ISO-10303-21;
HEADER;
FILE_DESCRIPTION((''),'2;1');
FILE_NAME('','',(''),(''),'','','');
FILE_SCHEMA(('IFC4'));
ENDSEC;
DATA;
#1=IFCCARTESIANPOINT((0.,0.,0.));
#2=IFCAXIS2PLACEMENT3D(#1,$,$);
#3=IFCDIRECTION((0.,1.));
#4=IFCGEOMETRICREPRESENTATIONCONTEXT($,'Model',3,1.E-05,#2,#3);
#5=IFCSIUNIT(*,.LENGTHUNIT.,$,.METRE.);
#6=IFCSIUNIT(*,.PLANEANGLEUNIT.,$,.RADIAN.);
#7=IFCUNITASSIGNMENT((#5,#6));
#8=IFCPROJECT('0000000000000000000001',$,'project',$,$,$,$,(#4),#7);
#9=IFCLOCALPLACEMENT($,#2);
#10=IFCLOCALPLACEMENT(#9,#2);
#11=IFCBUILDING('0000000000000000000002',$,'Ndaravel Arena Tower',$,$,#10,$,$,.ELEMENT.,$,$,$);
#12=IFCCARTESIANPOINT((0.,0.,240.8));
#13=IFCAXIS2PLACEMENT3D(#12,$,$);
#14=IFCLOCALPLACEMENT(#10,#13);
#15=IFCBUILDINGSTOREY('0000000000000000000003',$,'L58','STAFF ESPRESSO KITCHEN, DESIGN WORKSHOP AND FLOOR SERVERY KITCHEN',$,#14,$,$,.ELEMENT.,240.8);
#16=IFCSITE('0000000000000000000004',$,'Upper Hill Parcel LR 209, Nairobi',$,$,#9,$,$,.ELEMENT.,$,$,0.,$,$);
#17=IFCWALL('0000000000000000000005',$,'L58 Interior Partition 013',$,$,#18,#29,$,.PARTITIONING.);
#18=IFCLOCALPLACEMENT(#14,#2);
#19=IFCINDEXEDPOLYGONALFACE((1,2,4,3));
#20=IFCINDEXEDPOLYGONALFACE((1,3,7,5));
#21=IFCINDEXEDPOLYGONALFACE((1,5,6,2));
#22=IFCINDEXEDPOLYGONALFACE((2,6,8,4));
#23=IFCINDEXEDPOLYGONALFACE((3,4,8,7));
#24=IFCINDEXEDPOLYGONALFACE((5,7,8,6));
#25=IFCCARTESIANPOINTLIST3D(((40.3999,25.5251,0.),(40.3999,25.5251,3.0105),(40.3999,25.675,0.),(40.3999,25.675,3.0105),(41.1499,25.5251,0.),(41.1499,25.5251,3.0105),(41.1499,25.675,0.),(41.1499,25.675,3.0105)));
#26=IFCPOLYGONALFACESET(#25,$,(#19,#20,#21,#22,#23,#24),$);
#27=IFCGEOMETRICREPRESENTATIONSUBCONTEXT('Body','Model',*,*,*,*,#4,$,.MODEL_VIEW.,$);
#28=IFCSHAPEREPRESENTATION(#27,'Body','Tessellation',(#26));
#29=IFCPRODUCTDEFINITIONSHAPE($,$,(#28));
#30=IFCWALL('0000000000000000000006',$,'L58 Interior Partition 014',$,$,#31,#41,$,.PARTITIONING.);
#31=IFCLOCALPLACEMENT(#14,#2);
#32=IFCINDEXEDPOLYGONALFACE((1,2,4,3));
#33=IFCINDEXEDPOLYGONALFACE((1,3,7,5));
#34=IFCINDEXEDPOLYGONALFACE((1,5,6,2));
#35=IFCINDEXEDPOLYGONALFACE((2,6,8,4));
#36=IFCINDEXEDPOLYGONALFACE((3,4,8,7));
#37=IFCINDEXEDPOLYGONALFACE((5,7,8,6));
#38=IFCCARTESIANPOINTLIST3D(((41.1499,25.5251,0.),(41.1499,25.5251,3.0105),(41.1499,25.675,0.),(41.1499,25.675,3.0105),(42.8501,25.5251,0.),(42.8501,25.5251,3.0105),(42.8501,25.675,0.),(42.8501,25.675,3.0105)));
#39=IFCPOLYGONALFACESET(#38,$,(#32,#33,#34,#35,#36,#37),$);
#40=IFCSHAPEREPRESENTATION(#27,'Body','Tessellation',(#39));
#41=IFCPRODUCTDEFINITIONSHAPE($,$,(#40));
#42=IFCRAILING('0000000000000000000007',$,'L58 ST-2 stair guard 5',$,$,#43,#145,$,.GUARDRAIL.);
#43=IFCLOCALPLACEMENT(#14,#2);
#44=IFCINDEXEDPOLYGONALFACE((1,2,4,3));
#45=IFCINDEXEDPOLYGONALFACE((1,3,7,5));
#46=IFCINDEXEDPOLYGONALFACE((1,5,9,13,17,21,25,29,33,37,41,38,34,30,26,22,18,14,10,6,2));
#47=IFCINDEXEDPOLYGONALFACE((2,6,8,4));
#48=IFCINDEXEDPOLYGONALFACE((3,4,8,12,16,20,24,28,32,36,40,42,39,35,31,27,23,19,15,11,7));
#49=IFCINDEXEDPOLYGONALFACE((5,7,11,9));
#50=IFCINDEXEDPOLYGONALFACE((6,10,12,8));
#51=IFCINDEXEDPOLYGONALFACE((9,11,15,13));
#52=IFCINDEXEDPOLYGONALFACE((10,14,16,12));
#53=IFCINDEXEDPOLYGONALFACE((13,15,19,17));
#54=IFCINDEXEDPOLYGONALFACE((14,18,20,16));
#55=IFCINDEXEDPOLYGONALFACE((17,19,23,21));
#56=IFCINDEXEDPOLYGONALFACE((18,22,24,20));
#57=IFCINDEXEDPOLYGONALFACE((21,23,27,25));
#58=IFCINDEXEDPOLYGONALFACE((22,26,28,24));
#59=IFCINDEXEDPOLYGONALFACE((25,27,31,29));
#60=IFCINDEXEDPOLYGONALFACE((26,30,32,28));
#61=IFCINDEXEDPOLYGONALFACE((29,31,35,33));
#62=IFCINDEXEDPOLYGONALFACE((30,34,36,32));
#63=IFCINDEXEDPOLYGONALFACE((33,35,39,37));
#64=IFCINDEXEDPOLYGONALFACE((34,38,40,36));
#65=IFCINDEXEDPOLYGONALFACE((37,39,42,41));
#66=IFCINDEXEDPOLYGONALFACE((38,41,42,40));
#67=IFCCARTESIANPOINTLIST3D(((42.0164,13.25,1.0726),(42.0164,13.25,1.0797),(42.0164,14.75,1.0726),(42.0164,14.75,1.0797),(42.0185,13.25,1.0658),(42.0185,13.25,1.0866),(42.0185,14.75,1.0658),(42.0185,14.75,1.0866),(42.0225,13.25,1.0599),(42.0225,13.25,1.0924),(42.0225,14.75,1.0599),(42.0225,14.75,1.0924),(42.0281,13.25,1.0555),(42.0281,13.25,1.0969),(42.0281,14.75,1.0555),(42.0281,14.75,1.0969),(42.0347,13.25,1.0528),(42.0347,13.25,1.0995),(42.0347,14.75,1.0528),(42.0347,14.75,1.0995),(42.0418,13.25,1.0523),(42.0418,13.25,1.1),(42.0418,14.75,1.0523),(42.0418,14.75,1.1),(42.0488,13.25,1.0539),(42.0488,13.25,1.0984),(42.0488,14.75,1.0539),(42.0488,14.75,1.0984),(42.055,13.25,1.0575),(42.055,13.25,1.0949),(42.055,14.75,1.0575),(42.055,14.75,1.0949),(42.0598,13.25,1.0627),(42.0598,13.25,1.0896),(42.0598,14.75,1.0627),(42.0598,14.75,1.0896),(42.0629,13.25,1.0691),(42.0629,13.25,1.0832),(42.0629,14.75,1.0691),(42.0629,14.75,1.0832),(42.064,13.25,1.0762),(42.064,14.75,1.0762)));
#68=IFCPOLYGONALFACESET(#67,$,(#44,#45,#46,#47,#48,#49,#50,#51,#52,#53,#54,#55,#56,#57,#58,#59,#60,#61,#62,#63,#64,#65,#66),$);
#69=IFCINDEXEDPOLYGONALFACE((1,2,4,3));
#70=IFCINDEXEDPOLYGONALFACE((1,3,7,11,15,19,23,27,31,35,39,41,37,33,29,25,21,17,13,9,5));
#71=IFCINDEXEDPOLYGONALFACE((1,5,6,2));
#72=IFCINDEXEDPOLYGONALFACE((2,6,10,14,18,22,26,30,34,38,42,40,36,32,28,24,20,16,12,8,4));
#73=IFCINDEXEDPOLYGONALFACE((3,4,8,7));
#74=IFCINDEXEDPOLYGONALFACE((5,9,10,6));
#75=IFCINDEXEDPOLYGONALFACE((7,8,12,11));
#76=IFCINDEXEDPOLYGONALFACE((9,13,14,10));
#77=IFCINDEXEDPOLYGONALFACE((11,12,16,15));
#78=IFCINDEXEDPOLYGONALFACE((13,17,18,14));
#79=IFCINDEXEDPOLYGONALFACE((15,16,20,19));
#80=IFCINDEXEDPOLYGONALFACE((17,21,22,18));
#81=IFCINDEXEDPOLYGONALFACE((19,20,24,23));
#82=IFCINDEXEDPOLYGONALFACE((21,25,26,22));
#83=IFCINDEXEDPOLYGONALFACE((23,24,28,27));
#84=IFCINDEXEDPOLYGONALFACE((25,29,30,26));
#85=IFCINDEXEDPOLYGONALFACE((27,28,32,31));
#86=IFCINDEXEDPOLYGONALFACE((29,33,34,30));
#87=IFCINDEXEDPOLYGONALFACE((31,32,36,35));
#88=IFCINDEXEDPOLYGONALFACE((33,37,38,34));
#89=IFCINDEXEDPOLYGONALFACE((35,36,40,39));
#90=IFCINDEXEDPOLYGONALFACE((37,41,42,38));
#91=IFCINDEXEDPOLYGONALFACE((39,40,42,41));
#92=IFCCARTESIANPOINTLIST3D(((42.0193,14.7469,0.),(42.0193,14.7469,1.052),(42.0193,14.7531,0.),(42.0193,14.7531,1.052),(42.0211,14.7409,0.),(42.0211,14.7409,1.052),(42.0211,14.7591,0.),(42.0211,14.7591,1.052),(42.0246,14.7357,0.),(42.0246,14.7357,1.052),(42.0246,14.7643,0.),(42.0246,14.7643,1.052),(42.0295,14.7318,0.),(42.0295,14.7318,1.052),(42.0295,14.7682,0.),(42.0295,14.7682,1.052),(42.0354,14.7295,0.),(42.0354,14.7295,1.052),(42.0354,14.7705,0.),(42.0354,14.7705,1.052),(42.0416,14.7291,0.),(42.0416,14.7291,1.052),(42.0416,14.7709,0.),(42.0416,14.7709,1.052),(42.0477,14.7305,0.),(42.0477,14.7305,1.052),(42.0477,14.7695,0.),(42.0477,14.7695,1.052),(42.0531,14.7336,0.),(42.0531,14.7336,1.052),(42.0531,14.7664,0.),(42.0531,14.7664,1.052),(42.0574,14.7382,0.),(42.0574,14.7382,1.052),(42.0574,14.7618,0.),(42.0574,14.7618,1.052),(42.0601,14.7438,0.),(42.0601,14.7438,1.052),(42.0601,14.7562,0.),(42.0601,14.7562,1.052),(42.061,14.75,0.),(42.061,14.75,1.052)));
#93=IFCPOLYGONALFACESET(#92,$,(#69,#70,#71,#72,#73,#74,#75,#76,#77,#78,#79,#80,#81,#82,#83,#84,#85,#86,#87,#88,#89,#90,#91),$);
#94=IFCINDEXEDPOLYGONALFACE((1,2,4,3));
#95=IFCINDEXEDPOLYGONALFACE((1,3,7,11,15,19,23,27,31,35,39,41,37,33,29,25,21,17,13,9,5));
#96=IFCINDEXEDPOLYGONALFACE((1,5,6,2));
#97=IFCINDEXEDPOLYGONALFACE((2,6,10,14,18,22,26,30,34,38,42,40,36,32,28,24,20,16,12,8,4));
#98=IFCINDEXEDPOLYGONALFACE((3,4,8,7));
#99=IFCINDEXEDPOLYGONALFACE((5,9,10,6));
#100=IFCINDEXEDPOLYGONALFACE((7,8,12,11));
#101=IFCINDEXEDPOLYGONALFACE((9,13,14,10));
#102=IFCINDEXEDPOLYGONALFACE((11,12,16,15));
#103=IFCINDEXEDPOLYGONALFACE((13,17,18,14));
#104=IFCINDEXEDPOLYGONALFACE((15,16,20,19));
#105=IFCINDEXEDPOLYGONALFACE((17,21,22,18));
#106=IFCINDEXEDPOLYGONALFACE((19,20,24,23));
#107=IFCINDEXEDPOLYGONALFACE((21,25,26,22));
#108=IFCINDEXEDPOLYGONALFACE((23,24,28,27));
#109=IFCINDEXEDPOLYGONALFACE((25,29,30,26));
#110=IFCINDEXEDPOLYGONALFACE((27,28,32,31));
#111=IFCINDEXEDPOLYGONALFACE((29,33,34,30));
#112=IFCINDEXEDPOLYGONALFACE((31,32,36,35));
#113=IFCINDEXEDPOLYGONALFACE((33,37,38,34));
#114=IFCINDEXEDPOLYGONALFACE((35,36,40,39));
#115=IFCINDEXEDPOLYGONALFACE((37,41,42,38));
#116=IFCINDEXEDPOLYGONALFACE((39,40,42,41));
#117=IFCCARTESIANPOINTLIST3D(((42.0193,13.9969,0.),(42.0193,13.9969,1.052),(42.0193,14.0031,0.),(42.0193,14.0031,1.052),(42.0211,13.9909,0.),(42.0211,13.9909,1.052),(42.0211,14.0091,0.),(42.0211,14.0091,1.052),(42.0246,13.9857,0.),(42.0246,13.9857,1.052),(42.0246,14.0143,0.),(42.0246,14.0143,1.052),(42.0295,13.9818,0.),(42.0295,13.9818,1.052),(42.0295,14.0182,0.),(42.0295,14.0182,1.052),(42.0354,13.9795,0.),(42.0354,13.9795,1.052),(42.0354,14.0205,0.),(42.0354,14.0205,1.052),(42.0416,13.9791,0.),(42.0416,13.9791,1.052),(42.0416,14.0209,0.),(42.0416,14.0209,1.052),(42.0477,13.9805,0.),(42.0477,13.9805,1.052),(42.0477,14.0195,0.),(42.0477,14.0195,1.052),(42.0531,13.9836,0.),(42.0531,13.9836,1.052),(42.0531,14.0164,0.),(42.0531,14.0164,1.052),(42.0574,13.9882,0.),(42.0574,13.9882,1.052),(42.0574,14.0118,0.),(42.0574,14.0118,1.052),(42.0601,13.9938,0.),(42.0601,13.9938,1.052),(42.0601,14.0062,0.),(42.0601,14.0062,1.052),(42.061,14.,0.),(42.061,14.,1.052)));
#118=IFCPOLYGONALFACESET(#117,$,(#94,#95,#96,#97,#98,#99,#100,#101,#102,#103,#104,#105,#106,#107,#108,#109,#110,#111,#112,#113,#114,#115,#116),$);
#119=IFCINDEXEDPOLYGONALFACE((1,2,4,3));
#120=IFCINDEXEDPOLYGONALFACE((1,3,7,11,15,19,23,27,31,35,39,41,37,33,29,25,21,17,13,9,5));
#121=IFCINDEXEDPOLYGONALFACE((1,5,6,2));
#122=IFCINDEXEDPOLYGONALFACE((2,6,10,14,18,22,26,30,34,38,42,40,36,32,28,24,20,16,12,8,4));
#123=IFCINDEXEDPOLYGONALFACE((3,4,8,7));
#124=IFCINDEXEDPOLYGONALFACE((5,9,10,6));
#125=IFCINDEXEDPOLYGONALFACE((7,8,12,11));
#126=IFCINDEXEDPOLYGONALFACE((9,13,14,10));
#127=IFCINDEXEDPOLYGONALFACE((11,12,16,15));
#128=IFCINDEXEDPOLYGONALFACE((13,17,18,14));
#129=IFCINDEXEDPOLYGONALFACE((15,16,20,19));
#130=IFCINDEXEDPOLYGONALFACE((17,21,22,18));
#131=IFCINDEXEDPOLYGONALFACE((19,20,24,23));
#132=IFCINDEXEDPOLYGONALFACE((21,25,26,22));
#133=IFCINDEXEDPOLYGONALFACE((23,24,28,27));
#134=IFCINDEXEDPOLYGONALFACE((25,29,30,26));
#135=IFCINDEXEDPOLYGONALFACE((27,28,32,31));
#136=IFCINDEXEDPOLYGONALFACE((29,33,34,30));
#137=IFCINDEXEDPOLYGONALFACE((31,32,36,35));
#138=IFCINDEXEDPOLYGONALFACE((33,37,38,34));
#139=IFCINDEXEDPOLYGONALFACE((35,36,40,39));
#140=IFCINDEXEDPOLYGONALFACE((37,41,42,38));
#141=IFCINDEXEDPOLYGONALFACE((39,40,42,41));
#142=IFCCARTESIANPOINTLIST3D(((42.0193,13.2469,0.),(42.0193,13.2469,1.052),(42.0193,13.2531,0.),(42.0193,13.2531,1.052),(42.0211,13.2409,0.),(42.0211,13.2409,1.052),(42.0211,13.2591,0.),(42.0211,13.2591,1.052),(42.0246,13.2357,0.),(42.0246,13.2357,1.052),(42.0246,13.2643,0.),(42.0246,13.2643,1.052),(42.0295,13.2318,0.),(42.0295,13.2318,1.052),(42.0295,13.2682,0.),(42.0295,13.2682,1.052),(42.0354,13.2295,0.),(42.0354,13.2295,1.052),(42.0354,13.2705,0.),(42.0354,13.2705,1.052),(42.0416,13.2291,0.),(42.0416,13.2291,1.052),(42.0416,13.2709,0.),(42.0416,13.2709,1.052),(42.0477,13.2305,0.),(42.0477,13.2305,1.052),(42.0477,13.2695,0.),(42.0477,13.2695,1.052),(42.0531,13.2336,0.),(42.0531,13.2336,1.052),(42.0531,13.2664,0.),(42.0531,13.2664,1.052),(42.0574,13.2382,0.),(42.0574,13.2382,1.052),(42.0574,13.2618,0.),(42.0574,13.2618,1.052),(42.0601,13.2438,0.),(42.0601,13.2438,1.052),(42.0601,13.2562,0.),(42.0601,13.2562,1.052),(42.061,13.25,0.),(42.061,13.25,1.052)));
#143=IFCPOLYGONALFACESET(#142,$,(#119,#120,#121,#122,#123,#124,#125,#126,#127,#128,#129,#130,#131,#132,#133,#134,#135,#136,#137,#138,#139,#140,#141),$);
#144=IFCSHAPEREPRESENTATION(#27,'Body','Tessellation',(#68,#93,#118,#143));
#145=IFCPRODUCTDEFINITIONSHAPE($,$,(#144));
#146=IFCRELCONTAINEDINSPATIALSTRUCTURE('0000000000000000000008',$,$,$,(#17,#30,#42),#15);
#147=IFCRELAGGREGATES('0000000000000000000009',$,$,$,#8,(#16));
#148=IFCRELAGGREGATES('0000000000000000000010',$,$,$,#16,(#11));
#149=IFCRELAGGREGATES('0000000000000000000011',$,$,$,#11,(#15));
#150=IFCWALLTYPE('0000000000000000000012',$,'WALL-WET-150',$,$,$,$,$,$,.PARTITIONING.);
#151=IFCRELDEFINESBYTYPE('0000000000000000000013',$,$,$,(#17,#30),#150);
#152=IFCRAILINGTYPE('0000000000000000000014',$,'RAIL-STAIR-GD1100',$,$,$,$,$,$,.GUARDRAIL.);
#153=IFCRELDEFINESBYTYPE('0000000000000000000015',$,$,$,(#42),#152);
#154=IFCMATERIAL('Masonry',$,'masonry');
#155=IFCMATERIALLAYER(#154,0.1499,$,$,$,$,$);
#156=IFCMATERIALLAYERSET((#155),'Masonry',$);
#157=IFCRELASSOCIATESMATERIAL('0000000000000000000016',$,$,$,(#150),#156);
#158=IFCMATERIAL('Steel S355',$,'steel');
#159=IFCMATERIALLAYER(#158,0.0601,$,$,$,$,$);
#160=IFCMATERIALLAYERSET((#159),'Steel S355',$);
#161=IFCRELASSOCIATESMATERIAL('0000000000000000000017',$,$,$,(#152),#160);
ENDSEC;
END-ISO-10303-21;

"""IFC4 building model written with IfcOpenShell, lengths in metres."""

from ifc_helpers import new_model, si_unit, direction, frame, frame_2d, origin, origin_2d, place, context, subcontext, project, spatial, rectangle, circle, extrude, material, layer, layer_set, type_object, element, save


model = new_model("IFC4")

# Units and contexts
model_context = context("Model", 3, precision=1e-05, world=origin(), true_north=direction((0.0, 1.0)))
body_context = subcontext(model_context, "Body", "Model", "MODEL_VIEW")
ifc_project = project(units=[si_unit("LENGTHUNIT", "METRE"), si_unit("PLANEANGLEUNIT", "RADIAN")], contexts=[model_context])

# Site, building, storey
site_placement = place(None, origin())
site = spatial("IfcSite", under=ifc_project, at=site_placement, Name="Upper Hill Parcel LR 209, Nairobi", CompositionType="ELEMENT", RefElevation=0.0)
building_placement = place(site_placement, origin())
building = spatial("IfcBuilding", under=site, at=building_placement, Name="Ndaravel Arena Tower", CompositionType="ELEMENT")
storey_placement = place(building_placement, frame((0.0, 0.0, 240.8)))
storey = spatial("IfcBuildingStorey", under=building, at=storey_placement, Name="L58", Description="STAFF ESPRESSO KITCHEN, DESIGN WORKSHOP AND FLOOR SERVERY KITCHEN", CompositionType="ELEMENT", Elevation=240.8)

# Walls
ifc_material_1 = material(Name="Masonry", Category="masonry")
ifc_layer_1 = layer(ifc_material_1, 0.1499)
ifc_layer_set_1 = layer_set([ifc_layer_1], Name="Masonry")
wall_type_1 = type_object("IfcWallType", Name="WALL-WET-150", PredefinedType="PARTITIONING", material=ifc_layer_set_1)
wall_1_placement = place(storey_placement, frame((40.3999, 25.6001, 0.0), z_axis=(0.0, 0.0, 1.0), x_axis=(1.0, 0.0, 0.0)))
element("IfcWall", 1, at=wall_1_placement, inside=storey, type_object=wall_type_1, Name="L58 Interior Partition 013", PredefinedType="PARTITIONING", context=body_context, shape_type="SweptSolid", body=[
    extrude(rectangle(XDim=0.75, YDim=0.1499, at=frame_2d((0.375, 0.0))), origin(), (0.0, 0.0, 1.0), 3.0105),
])
wall_2_placement = place(storey_placement, frame((41.1499, 25.6001, 0.0), z_axis=(0.0, 0.0, 1.0), x_axis=(1.0, 0.0, 0.0)))
element("IfcWall", 2, at=wall_2_placement, inside=storey, type_object=wall_type_1, Name="L58 Interior Partition 014", PredefinedType="PARTITIONING", context=body_context, shape_type="SweptSolid", body=[
    extrude(rectangle(XDim=1.7002, YDim=0.1499, at=frame_2d((0.8501, 0.0))), origin(), (0.0, 0.0, 1.0), 3.0105),
])

# Railing
ifc_material_2 = material(Name="Steel S355", Category="steel")
ifc_layer_2 = layer(ifc_material_2, 0.0601)
ifc_layer_set_2 = layer_set([ifc_layer_2], Name="Steel S355")
railing_type = type_object("IfcRailingType", Name="RAIL-STAIR-GD1100", PredefinedType="GUARDRAIL", material=ifc_layer_set_2)
railing_placement = place(storey_placement, frame((42.04, 14.75, 0.0)))
element("IfcRailing", 3, at=railing_placement, inside=storey, type_object=railing_type, Name="L58 ST-2 stair guard 5", PredefinedType="GUARDRAIL", context=body_context, shape_type="SweptSolid", body=[
    extrude(circle(Radius=0.0239, at=origin_2d()), frame((0.0, 0.0, 1.0762), z_axis=(0.0, -1.0, 0.0), x_axis=(1.0, 0.0, 0.0)), (0.0, 0.0, 1.0), 1.5),
    extrude(circle(Radius=0.021, at=origin_2d()), origin(), (0.0, 0.0, 1.0), 1.052),
    extrude(circle(Radius=0.021, at=origin_2d()), frame((0.0, -0.75, 0.0)), (0.0, 0.0, 1.0), 1.052),
    extrude(circle(Radius=0.021, at=origin_2d()), frame((0.0, -1.5, 0.0)), (0.0, 0.0, 1.0), 1.052),
])

save(model, "model.ifc")
